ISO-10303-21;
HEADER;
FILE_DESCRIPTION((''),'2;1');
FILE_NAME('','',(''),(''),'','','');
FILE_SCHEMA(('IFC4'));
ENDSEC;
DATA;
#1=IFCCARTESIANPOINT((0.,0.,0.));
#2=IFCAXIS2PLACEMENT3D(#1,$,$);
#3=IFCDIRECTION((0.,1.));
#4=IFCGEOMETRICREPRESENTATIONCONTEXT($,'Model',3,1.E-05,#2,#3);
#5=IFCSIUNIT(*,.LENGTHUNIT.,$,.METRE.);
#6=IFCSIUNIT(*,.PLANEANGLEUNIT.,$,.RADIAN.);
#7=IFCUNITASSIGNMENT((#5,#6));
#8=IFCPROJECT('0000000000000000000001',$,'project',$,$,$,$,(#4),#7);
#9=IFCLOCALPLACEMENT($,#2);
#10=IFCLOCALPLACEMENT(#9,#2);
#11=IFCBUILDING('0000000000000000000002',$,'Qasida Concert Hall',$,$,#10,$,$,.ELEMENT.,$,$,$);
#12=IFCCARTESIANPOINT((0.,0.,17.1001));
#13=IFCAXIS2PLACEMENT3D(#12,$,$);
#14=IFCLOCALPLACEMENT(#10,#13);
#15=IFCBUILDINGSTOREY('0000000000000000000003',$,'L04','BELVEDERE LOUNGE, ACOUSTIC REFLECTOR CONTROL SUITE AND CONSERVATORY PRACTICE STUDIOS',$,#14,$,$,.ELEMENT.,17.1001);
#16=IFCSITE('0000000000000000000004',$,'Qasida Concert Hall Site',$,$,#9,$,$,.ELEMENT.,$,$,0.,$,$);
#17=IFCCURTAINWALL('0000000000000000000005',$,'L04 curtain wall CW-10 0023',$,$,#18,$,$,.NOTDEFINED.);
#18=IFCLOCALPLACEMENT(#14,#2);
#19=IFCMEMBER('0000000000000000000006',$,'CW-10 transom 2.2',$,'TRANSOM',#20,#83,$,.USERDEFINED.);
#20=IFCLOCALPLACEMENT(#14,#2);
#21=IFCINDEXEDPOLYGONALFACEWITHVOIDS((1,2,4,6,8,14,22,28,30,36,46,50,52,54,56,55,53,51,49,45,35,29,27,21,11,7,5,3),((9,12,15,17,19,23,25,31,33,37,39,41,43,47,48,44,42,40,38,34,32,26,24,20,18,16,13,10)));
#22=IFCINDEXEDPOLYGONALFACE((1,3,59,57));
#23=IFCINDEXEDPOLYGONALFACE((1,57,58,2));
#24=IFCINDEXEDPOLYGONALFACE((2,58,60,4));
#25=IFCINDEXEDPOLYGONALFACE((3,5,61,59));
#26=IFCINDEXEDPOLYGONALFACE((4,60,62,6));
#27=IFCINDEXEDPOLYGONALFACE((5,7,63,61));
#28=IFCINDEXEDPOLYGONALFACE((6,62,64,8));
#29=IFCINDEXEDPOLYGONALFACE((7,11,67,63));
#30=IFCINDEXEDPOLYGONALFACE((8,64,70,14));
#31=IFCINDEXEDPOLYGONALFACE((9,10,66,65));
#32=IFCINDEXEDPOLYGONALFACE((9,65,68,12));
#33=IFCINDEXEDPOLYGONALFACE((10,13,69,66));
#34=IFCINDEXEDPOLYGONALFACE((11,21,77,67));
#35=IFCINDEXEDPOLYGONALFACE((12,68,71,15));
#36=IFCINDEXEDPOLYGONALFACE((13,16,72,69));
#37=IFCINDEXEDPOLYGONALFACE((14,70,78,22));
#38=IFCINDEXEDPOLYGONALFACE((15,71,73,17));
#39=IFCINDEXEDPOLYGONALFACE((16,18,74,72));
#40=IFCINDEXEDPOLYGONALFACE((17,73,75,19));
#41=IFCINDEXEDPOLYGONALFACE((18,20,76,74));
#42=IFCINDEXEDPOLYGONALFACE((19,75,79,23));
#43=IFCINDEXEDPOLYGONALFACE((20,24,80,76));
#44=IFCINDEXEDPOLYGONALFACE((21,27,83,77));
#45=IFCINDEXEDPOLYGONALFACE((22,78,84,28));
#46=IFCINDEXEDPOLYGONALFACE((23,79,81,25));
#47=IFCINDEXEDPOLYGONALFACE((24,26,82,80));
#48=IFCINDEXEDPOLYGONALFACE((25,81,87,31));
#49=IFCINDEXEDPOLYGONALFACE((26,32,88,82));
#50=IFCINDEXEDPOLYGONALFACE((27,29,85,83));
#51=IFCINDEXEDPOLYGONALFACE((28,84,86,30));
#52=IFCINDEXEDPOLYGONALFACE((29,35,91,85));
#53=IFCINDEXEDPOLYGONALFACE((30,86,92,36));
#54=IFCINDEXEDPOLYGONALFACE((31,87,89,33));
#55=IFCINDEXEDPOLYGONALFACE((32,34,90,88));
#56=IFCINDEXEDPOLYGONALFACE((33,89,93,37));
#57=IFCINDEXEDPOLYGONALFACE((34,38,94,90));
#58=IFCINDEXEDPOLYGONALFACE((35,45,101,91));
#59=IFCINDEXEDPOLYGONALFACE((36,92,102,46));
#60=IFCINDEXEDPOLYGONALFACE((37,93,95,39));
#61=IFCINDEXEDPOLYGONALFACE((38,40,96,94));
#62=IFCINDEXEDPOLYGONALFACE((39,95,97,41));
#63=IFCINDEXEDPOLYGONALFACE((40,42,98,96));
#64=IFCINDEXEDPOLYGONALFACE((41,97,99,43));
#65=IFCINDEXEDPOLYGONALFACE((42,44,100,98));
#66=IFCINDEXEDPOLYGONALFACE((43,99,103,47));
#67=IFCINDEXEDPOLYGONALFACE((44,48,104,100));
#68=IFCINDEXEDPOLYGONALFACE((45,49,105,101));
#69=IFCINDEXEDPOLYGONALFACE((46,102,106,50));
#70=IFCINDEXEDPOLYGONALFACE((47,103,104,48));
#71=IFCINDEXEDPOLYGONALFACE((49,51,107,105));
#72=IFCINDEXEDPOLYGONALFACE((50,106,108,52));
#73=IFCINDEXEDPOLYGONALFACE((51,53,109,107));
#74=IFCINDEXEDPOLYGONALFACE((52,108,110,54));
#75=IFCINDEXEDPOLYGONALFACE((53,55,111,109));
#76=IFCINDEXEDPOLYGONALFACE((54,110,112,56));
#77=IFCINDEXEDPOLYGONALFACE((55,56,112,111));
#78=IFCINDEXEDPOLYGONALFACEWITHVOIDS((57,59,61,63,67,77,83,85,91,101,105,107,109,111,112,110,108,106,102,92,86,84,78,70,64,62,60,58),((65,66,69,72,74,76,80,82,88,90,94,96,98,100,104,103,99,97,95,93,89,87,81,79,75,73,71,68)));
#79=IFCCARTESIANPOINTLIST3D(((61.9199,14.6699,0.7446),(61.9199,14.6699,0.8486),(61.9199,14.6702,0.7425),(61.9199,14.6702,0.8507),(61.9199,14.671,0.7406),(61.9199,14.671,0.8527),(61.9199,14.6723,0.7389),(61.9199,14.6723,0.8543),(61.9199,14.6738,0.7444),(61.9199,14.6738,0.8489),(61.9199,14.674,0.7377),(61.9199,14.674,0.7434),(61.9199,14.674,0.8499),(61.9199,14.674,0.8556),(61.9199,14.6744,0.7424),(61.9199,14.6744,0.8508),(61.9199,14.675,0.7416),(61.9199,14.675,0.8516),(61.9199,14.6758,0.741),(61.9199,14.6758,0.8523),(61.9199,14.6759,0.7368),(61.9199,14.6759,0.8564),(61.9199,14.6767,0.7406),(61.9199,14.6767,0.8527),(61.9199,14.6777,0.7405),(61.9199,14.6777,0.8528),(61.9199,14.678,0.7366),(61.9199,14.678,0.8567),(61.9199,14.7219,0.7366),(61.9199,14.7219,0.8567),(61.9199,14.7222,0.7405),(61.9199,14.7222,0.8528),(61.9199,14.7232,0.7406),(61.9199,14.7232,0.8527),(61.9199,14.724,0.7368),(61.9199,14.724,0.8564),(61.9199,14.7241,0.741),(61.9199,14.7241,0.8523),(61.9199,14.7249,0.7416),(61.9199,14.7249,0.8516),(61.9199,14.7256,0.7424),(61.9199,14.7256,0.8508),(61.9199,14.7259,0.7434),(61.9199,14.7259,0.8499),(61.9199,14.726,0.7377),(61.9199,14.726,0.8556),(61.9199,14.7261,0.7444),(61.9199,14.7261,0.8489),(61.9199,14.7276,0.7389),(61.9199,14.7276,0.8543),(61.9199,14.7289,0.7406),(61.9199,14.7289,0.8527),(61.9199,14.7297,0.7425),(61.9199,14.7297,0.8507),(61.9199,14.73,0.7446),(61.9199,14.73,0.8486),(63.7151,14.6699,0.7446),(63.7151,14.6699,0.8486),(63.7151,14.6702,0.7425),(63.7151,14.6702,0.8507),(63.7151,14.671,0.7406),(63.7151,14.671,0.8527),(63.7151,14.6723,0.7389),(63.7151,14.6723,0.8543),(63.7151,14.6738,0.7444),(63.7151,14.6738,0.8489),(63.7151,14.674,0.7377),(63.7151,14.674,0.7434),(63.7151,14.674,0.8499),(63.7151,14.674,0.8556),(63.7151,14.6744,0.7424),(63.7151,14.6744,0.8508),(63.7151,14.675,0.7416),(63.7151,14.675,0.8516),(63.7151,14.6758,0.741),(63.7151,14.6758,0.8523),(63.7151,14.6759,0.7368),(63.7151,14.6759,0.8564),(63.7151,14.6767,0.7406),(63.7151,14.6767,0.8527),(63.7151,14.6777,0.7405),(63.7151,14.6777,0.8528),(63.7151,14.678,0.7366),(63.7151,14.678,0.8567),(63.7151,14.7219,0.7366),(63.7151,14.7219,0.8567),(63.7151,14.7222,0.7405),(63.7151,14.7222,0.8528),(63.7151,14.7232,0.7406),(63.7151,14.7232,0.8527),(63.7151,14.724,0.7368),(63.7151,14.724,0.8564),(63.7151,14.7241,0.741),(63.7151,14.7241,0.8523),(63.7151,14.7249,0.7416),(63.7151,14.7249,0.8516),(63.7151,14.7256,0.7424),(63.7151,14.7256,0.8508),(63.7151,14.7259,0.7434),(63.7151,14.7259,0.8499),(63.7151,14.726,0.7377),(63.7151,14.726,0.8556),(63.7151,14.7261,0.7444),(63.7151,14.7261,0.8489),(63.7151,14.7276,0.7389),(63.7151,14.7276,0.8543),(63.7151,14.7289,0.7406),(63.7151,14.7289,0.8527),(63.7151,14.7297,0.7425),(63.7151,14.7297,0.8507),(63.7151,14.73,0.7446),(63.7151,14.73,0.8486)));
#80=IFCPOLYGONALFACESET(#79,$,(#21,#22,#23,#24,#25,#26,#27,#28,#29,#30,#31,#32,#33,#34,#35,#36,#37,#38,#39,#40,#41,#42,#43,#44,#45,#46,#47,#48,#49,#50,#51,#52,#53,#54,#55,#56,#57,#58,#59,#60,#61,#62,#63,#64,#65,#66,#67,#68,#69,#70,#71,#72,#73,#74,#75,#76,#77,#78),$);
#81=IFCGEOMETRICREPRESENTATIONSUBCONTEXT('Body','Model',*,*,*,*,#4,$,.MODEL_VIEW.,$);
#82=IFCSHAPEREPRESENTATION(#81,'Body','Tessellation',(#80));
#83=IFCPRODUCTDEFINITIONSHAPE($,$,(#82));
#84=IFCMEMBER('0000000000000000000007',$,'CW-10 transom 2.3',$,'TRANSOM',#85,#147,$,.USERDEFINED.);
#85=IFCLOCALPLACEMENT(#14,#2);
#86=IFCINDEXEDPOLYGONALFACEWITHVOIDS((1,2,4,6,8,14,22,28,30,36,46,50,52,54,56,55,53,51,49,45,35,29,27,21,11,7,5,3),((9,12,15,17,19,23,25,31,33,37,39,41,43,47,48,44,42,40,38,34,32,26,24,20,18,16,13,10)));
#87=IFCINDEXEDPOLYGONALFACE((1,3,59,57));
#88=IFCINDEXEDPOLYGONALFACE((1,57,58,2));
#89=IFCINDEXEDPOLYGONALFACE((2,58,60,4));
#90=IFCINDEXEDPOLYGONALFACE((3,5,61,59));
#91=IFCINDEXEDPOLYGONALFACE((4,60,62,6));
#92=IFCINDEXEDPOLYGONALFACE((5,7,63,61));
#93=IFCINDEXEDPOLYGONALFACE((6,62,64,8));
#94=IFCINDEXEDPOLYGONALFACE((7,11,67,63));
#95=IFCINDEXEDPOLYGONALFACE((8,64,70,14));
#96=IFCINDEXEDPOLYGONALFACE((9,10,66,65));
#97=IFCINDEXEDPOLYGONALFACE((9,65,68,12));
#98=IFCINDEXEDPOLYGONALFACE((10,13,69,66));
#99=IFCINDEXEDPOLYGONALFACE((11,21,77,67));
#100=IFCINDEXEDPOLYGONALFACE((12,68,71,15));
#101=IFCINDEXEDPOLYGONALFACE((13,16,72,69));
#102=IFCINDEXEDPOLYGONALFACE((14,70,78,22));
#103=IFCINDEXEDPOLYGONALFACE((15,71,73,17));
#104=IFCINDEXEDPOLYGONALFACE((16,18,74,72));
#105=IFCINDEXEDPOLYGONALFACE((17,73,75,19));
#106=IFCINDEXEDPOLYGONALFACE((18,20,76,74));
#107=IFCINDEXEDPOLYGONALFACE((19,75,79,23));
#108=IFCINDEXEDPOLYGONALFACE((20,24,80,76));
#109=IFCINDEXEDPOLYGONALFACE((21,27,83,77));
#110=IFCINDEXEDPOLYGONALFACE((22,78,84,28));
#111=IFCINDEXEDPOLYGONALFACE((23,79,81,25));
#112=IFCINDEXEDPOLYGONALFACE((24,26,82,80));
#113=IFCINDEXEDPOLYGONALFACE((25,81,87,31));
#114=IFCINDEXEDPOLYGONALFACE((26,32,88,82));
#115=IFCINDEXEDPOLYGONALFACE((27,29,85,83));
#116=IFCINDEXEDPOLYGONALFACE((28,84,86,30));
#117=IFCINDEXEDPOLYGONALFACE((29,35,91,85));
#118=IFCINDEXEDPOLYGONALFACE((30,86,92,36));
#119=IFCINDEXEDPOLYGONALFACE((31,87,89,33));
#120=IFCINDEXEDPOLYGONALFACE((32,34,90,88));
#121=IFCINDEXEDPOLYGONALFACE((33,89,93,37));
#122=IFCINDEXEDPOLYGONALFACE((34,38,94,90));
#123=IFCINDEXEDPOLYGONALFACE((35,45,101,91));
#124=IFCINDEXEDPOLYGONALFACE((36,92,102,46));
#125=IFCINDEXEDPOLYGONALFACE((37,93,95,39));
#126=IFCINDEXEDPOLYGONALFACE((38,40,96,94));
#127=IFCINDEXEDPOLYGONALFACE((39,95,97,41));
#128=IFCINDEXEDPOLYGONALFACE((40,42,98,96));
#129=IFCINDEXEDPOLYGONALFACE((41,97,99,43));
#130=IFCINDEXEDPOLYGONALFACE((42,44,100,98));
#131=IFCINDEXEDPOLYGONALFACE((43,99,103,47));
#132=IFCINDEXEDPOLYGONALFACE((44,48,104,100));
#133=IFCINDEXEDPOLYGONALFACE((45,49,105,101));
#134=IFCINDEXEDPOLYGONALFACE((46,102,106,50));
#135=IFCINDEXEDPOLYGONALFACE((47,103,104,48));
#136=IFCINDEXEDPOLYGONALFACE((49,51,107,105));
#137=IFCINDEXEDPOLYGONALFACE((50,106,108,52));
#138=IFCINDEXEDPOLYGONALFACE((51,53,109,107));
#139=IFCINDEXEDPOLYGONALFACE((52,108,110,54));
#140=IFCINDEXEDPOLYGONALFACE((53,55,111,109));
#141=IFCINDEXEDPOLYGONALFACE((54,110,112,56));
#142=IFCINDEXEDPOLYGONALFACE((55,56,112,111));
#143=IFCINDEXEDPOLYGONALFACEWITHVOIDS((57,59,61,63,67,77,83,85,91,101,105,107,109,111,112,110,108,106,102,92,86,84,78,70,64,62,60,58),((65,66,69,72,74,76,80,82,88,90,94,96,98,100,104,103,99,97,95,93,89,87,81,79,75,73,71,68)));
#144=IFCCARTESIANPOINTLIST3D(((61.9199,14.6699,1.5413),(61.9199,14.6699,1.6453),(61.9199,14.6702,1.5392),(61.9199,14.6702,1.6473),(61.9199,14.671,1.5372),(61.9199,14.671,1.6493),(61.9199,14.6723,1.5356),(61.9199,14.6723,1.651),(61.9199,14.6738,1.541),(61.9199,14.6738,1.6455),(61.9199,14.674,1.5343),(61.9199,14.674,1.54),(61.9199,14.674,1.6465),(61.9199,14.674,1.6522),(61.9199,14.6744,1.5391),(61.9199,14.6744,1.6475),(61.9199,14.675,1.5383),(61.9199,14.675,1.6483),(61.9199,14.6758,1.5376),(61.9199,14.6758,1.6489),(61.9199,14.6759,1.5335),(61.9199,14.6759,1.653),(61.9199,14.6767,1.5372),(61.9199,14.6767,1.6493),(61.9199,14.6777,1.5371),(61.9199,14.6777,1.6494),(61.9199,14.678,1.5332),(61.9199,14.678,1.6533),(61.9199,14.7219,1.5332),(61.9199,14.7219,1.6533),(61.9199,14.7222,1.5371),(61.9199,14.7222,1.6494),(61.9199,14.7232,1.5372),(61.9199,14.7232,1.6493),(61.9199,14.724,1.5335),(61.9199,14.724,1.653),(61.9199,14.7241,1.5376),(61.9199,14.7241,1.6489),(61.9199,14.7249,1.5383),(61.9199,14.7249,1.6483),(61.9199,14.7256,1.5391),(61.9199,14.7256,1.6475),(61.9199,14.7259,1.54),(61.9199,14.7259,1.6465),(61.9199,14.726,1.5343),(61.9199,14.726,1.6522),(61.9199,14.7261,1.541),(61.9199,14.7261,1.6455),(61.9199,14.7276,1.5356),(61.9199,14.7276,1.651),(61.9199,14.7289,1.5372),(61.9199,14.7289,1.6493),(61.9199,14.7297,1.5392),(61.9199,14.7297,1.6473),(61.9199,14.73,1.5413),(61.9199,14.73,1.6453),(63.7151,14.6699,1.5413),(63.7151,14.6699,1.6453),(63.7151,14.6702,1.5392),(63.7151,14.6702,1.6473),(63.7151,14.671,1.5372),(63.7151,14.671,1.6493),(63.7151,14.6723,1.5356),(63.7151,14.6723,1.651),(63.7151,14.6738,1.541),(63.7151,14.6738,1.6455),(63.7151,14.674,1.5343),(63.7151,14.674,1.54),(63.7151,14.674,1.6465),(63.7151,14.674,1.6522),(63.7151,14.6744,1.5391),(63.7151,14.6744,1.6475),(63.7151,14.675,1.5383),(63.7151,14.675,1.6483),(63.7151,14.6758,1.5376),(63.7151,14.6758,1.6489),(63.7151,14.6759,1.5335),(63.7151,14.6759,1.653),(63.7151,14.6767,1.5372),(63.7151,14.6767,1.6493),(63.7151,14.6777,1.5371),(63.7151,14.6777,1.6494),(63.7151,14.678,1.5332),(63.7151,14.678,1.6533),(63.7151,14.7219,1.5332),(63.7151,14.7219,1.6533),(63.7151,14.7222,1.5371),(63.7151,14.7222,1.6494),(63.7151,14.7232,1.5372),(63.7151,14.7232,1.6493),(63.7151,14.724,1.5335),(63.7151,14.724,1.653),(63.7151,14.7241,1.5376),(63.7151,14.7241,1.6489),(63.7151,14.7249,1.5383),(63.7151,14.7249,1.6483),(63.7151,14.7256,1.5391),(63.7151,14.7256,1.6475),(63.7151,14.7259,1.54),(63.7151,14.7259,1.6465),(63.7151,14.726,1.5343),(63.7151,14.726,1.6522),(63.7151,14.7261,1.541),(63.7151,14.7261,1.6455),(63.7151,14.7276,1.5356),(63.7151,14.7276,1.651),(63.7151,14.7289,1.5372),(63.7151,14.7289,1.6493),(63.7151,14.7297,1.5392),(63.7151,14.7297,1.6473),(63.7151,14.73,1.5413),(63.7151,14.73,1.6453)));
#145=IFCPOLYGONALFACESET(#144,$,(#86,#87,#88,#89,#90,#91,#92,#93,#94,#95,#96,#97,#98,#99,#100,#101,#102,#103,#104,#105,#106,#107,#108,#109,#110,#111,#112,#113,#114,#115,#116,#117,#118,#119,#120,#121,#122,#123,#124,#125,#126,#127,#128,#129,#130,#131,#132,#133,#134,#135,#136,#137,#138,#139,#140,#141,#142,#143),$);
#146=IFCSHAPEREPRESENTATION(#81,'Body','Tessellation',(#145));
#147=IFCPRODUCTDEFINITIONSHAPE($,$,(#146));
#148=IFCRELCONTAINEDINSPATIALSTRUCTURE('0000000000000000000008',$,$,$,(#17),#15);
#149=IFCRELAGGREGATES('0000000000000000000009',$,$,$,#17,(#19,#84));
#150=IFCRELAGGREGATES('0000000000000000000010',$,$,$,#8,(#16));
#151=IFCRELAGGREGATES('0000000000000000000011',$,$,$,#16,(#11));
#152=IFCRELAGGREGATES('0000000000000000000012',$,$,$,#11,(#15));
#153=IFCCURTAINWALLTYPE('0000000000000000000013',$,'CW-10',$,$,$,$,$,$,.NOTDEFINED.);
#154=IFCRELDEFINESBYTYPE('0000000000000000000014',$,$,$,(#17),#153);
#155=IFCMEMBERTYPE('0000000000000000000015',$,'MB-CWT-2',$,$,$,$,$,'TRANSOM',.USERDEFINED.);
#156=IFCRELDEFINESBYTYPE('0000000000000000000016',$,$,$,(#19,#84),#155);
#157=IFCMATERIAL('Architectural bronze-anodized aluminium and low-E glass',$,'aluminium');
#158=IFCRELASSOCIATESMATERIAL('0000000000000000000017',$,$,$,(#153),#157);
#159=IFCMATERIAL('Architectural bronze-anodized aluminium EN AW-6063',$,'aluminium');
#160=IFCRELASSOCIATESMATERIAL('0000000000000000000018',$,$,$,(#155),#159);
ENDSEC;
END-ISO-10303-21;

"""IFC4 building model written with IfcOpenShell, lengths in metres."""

from ifc_helpers import new_model, si_unit, direction, frame, origin, origin_2d, place, context, subcontext, project, spatial, hollow_rectangle, extrude, material, material_profile, profile_set, type_object, element, aggregate, save


model = new_model("IFC4")

# Units and contexts
model_context = context("Model", 3, precision=1e-05, world=origin(), true_north=direction((0.0, 1.0)))
body_context = subcontext(model_context, "Body", "Model", "MODEL_VIEW")
ifc_project = project(units=[si_unit("LENGTHUNIT", "METRE"), si_unit("PLANEANGLEUNIT", "RADIAN")], contexts=[model_context])

# Site, building, storey
site_placement = place(None, origin())
site = spatial("IfcSite", under=ifc_project, at=site_placement, Name="Qasida Concert Hall Site", CompositionType="ELEMENT", RefElevation=0.0)
building_placement = place(site_placement, origin())
building = spatial("IfcBuilding", under=site, at=building_placement, Name="Qasida Concert Hall", CompositionType="ELEMENT")
storey_placement = place(building_placement, frame((0.0, 0.0, 17.1001)))
storey = spatial("IfcBuildingStorey", under=building, at=storey_placement, Name="L04", Description="BELVEDERE LOUNGE, ACOUSTIC REFLECTOR CONTROL SUITE AND CONSERVATORY PRACTICE STUDIOS", CompositionType="ELEMENT", Elevation=17.1001)

# Curtain wall, members
ifc_material_1 = material(Name="Architectural bronze-anodized aluminium and low-E glass", Category="aluminium")
curtain_wall_type = type_object("IfcCurtainWallType", Name="CW-10", PredefinedType="NOTDEFINED", material=ifc_material_1)
curtain_wall_placement = place(storey_placement, origin())
curtain_wall = element("IfcCurtainWall", 1, at=curtain_wall_placement, inside=storey, type_object=curtain_wall_type, Name="L04 curtain wall CW-10 0023", PredefinedType="NOTDEFINED")
ifc_material_2 = material(Name="Architectural bronze-anodized aluminium EN AW-6063", Category="aluminium")
ifc_material_profile_1 = material_profile(ifc_material_2, hollow_rectangle(XDim=0.0601, YDim=0.1201, WallThickness=0.0039, InnerFilletRadius=0.0039, OuterFilletRadius=0.0081, at=origin_2d()), Name="CWT 120x60x4")
ifc_profile_set_1 = profile_set([ifc_material_profile_1], Name="Architectural bronze-anodized aluminium EN AW-6063")
member_type_1 = type_object("IfcMemberType", Name="MB-CWT-2", ElementType="TRANSOM", PredefinedType="USERDEFINED", material=ifc_profile_set_1)
member_1_placement = place(storey_placement, frame((61.9199, 14.7, 0.7966), z_axis=(1.0, 0.0, 0.0), x_axis=(0.0, 1.0, 0.0)))
member_1 = element("IfcMember", 2, at=member_1_placement, type_object=member_type_1, Name="CW-10 transom 2.2", ObjectType="TRANSOM", PredefinedType="USERDEFINED", context=body_context, shape_type="SweptSolid", body=[
    extrude(hollow_rectangle(XDim=0.0601, YDim=0.1201, WallThickness=0.0039, InnerFilletRadius=0.0039, OuterFilletRadius=0.0081, at=origin_2d()), origin(), (0.0, 0.0, 1.0), 1.7952),
])
member_2_placement = place(storey_placement, frame((61.9199, 14.7, 1.5933), z_axis=(1.0, 0.0, 0.0), x_axis=(0.0, 1.0, 0.0)))
member_2 = element("IfcMember", 3, at=member_2_placement, type_object=member_type_1, Name="CW-10 transom 2.3", ObjectType="TRANSOM", PredefinedType="USERDEFINED", context=body_context, shape_type="SweptSolid", body=[
    extrude(hollow_rectangle(XDim=0.0601, YDim=0.1201, WallThickness=0.0039, InnerFilletRadius=0.0039, OuterFilletRadius=0.0081, at=origin_2d()), origin(), (0.0, 0.0, 1.0), 1.7952),
])
aggregate(curtain_wall, [member_1, member_2])

save(model, "model.ifc")
